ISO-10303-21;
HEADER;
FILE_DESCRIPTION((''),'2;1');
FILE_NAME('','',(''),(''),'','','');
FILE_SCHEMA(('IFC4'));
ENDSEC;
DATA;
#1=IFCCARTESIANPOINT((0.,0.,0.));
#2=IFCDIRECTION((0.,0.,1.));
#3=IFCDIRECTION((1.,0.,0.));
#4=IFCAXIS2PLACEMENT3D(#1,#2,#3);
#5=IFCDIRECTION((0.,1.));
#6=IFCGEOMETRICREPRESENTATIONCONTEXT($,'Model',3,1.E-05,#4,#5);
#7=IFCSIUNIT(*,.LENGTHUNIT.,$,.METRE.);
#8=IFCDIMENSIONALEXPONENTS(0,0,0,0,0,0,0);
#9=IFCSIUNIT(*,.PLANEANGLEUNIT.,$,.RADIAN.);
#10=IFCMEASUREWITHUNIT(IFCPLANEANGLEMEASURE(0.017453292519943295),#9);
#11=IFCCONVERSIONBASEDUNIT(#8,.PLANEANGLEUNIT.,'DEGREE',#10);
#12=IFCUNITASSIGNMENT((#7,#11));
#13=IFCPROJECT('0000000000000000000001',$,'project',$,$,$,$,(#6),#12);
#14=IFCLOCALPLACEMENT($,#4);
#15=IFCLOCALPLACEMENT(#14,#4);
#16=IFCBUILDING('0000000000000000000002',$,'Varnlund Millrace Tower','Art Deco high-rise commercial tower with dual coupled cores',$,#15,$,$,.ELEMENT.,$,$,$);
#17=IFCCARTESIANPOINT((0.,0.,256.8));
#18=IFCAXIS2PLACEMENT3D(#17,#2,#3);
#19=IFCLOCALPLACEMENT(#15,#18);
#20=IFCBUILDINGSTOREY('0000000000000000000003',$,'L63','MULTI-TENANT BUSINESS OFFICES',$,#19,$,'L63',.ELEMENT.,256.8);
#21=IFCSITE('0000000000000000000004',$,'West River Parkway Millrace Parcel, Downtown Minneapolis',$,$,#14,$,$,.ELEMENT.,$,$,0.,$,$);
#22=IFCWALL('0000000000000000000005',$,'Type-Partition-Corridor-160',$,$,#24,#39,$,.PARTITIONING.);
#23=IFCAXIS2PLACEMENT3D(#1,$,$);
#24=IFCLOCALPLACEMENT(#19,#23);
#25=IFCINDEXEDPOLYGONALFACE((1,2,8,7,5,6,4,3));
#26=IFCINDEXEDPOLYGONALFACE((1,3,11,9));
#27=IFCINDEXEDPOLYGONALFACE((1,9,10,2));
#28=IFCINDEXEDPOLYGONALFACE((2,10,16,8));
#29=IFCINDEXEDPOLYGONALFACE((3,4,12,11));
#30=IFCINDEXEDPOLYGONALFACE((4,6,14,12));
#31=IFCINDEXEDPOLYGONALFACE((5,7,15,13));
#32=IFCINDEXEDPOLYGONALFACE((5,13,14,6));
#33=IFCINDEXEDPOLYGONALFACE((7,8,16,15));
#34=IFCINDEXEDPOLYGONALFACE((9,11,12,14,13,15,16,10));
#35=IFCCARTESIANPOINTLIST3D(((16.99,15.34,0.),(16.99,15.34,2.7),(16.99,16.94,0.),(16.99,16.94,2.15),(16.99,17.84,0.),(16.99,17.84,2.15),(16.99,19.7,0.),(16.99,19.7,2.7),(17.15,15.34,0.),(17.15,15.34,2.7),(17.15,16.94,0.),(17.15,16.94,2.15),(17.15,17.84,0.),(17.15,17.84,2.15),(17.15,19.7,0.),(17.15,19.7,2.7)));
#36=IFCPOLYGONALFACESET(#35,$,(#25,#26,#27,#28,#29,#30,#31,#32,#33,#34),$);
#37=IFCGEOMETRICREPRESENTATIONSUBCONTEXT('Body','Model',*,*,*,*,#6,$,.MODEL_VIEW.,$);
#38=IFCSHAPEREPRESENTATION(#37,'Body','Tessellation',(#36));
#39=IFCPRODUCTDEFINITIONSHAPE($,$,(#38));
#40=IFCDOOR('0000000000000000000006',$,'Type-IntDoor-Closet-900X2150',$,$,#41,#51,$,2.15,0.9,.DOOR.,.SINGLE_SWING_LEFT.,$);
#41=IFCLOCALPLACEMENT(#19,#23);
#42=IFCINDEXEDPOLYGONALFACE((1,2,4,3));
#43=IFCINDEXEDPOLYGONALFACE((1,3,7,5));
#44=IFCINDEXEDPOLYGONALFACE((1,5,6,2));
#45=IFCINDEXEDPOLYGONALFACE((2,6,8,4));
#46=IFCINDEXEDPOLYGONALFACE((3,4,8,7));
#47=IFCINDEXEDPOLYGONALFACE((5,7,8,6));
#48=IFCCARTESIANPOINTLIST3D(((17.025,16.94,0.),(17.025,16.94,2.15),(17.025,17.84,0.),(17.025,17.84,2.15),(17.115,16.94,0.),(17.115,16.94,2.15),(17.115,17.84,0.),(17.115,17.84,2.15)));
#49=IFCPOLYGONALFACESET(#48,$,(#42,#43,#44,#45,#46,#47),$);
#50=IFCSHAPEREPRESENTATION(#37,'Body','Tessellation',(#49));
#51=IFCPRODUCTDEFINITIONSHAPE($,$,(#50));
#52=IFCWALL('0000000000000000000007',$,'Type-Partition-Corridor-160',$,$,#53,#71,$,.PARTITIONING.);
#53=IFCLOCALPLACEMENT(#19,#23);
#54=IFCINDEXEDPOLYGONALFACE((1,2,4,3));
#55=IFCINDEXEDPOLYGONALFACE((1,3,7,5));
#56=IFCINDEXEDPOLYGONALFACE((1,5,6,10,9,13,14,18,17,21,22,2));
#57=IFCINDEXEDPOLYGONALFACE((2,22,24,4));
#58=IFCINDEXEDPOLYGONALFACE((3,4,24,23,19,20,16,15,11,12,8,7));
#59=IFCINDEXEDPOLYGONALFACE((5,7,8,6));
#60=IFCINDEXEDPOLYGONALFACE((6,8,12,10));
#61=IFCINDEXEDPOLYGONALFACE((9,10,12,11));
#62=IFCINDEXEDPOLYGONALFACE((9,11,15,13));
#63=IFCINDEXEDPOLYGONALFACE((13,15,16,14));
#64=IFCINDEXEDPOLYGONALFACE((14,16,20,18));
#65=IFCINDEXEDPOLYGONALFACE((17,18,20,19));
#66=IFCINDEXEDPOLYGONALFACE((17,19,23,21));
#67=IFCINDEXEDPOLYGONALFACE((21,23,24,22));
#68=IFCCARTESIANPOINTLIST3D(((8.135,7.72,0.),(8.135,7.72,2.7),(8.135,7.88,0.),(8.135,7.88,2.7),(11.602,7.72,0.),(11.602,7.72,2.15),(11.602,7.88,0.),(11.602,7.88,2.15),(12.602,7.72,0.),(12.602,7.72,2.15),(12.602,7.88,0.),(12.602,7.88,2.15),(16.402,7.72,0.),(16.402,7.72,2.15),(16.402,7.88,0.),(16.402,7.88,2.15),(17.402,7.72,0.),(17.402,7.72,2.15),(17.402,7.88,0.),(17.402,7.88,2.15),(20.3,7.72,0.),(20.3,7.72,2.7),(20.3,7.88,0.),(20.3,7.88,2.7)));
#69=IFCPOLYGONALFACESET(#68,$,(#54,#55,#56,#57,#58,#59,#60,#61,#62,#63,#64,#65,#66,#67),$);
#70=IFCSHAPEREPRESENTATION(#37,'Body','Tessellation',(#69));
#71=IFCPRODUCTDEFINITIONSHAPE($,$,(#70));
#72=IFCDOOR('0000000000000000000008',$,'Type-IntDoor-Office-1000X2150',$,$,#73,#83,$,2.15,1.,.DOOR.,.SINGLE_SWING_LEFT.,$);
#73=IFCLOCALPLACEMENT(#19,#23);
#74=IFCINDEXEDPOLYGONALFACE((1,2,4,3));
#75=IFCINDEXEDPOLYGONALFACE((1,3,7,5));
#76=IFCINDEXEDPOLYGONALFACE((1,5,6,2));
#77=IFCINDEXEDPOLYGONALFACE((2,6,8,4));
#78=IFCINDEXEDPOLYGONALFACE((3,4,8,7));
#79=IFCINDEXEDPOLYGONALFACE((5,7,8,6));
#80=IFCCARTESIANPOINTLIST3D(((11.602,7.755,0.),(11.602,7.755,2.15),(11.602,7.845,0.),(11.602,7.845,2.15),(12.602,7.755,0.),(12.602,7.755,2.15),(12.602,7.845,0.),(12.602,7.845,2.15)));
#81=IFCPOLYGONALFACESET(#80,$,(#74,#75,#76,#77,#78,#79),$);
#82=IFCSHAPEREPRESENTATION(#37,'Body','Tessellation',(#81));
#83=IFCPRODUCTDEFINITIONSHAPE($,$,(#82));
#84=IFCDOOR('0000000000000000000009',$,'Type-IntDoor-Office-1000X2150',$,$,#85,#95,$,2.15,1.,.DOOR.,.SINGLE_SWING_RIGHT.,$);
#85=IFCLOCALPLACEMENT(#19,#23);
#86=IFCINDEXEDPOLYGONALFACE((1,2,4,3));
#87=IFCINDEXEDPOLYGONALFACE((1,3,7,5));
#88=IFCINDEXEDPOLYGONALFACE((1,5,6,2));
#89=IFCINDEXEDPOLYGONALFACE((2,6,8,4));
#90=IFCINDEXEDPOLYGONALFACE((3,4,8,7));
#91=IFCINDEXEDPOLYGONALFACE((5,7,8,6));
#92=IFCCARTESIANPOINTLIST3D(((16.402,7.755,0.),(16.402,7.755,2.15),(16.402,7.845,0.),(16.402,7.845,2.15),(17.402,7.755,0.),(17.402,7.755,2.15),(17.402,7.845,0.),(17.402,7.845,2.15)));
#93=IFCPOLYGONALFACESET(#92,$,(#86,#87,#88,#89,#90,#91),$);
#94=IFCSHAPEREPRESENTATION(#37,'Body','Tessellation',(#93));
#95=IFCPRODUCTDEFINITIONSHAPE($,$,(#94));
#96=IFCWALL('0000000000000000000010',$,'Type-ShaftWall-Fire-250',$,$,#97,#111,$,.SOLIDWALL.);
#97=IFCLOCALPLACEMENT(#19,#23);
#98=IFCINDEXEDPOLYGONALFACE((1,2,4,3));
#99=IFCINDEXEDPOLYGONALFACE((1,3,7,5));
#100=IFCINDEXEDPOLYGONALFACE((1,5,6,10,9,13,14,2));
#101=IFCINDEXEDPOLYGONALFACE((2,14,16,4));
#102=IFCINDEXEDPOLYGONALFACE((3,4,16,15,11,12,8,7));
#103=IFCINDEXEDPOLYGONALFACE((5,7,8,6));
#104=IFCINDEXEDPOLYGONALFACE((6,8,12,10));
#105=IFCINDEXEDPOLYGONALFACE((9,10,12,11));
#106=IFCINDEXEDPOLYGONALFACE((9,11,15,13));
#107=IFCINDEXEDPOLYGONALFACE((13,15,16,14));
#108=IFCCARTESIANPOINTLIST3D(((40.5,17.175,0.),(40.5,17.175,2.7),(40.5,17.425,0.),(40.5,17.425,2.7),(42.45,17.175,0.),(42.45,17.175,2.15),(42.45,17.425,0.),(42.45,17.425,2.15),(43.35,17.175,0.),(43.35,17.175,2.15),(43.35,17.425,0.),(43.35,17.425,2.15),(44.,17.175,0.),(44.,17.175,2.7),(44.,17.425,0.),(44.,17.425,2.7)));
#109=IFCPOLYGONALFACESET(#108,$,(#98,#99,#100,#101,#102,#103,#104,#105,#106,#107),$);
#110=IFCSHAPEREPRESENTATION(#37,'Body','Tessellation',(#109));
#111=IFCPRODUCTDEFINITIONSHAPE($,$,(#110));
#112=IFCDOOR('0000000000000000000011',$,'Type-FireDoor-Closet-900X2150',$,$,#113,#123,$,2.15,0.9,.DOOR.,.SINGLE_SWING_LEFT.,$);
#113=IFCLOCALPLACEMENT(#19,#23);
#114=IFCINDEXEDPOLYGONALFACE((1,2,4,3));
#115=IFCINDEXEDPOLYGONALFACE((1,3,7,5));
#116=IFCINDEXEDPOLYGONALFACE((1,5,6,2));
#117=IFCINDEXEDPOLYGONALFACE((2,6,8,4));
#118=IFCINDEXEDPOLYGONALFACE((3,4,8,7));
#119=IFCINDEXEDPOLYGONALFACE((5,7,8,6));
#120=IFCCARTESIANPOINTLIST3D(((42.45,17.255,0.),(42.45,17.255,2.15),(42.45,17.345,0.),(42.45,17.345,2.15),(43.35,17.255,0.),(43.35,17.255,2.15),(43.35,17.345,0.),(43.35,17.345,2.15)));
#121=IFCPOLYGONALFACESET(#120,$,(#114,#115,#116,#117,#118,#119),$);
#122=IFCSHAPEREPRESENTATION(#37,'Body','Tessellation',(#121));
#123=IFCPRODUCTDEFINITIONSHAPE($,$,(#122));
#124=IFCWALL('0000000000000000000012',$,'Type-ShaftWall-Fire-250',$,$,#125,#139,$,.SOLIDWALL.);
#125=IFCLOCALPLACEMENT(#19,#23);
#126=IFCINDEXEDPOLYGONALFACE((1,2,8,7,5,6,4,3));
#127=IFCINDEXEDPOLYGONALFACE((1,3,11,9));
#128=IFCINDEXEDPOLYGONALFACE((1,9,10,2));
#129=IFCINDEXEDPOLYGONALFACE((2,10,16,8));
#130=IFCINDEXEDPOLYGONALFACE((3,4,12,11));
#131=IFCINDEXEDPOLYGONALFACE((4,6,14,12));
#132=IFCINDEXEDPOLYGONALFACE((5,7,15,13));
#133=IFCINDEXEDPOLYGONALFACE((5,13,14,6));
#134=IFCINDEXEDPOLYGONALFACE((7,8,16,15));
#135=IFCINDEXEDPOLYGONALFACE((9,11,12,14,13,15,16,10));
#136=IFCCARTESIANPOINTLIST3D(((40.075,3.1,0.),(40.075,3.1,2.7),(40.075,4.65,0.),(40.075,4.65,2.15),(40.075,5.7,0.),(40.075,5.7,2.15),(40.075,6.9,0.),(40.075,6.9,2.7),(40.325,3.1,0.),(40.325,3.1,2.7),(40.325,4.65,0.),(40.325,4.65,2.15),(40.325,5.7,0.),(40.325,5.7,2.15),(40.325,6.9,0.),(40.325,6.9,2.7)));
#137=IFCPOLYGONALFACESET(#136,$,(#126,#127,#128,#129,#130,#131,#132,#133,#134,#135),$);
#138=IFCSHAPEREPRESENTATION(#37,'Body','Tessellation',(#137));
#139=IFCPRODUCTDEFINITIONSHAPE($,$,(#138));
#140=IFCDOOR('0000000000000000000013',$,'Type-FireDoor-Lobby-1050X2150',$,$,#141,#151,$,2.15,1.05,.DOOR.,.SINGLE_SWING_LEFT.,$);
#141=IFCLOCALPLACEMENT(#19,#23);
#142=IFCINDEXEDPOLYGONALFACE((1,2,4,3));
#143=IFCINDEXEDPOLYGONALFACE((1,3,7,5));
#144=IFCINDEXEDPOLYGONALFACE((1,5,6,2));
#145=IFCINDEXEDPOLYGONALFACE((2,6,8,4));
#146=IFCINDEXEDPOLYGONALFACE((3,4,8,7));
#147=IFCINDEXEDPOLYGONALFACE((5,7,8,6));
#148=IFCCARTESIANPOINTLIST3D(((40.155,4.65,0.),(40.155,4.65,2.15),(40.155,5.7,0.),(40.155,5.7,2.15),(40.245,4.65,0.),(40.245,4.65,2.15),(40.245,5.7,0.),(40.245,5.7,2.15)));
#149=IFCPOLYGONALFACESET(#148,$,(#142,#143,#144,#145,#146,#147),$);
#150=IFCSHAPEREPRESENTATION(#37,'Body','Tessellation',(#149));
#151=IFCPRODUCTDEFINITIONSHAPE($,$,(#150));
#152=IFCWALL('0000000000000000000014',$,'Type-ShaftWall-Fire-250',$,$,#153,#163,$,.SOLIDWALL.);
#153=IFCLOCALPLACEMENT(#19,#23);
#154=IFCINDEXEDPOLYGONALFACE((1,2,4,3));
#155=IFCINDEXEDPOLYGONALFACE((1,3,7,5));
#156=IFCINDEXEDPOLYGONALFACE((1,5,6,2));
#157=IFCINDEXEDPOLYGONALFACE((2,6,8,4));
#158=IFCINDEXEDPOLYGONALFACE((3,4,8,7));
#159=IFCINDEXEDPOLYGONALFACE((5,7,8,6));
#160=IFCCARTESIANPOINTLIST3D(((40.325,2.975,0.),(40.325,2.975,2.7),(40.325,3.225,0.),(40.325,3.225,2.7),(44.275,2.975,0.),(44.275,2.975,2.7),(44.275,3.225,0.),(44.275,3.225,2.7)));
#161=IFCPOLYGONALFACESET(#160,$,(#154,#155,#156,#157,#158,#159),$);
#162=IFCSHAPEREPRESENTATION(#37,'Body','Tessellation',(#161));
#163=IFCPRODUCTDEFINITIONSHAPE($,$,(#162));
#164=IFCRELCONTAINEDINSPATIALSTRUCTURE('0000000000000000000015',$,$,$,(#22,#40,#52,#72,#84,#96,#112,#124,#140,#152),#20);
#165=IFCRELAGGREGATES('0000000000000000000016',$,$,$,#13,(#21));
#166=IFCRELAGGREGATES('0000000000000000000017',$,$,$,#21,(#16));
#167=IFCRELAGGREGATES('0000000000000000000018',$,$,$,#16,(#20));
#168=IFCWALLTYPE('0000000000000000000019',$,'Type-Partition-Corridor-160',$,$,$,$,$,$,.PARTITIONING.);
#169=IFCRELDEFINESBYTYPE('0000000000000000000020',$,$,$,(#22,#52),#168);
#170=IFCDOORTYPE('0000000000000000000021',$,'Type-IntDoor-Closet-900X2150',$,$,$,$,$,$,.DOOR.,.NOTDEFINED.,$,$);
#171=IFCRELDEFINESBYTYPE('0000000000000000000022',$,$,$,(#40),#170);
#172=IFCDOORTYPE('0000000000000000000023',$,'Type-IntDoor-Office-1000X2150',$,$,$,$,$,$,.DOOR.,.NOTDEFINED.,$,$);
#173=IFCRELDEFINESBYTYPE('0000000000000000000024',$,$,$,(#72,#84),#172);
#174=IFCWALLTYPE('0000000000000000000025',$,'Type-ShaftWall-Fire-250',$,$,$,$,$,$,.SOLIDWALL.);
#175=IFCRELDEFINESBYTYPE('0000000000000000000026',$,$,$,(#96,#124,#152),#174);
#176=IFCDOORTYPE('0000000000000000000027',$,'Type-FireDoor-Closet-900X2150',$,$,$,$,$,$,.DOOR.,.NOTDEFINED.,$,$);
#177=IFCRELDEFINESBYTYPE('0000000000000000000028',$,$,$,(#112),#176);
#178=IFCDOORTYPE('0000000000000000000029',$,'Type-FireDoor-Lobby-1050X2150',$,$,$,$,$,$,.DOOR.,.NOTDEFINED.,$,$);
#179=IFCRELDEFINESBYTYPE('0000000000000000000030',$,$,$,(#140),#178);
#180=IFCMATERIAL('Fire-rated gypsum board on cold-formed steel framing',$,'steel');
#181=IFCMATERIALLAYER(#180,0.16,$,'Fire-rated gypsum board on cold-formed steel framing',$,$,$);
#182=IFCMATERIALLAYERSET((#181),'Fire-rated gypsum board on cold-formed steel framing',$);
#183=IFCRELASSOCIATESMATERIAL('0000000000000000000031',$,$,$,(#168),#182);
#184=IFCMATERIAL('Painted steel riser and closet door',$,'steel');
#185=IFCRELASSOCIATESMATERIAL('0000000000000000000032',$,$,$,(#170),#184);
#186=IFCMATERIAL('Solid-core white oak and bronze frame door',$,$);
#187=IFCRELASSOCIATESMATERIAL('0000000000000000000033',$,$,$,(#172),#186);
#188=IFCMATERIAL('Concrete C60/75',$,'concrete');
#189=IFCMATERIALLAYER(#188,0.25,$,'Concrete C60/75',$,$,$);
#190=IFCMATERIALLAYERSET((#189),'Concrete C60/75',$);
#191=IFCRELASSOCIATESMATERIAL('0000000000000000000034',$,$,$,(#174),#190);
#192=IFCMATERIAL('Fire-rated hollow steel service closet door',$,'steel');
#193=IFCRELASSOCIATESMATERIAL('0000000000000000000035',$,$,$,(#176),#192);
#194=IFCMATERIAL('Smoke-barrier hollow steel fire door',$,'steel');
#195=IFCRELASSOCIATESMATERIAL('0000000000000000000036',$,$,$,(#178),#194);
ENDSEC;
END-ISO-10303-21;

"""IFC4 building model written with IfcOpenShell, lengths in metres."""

from ifc_helpers import new_model, entity, si_unit, converted_unit, direction, frame, origin_with_axes, origin_2d_with_axis, place, context, subcontext, project, spatial, polyline, rectangle, outline, extrude, material, layer, layer_set, type_object, element, fill, save


model = new_model("IFC4")

# Units and contexts
model_context = context("Model", 3, precision=1e-05, world=origin_with_axes(), true_north=direction((0.0, 1.0)))
body_context = subcontext(model_context, "Body", "Model", "MODEL_VIEW")
ifc_project = project(units=[si_unit("LENGTHUNIT", "METRE"), converted_unit("PLANEANGLEUNIT", "DEGREE", entity("IfcPlaneAngleMeasure", 0.017453292519943295), si_unit("PLANEANGLEUNIT", "RADIAN"), dimensions=[0, 0, 0, 0, 0, 0, 0])], contexts=[model_context])

# Site, building, storey
site_placement = place(None, origin_with_axes())
site = spatial("IfcSite", under=ifc_project, at=site_placement, Name="West River Parkway Millrace Parcel, Downtown Minneapolis", CompositionType="ELEMENT", RefElevation=0.0)
building_placement = place(site_placement, origin_with_axes())
building = spatial("IfcBuilding", under=site, at=building_placement, Name="Varnlund Millrace Tower", Description="Art Deco high-rise commercial tower with dual coupled cores", CompositionType="ELEMENT")
storey_placement = place(building_placement, frame((0.0, 0.0, 256.8), z_axis=(0.0, 0.0, 1.0), x_axis=(1.0, 0.0, 0.0)))
storey = spatial("IfcBuildingStorey", under=building, at=storey_placement, Name="L63", Description="MULTI-TENANT BUSINESS OFFICES", LongName="L63", CompositionType="ELEMENT", Elevation=256.8)

# Shared definitions
ifc_material_1 = material(Name="Concrete C60/75", Category="concrete")

# Wall, opening, door
ifc_material_2 = material(Name="Fire-rated gypsum board on cold-formed steel framing", Category="steel")
ifc_layer_1 = layer(ifc_material_2, 0.16, Name="Fire-rated gypsum board on cold-formed steel framing")
ifc_layer_set_1 = layer_set([ifc_layer_1], Name="Fire-rated gypsum board on cold-formed steel framing")
wall_type_1 = type_object("IfcWallType", Name="Type-Partition-Corridor-160", PredefinedType="PARTITIONING", material=ifc_layer_set_1)
wall_1_placement = place(storey_placement, frame((17.07, 15.34, 0.0), z_axis=(0.0, 0.0, 1.0), x_axis=(0.0, 1.0, 0.0)))
wall_1 = element("IfcWall", 1, at=wall_1_placement, inside=storey, type_object=wall_type_1, Name="Type-Partition-Corridor-160", PredefinedType="PARTITIONING", context=body_context, shape_type="SweptSolid", body=[
    extrude(outline(polyline([(0.0, -0.08), (4.36, -0.08), (4.36, 0.08), (0.0, 0.08), (0.0, -0.08)])), origin_with_axes(), (0.0, 0.0, 1.0), 2.7),
])
opening_1_placement = place(wall_1_placement, frame((2.05, 0.0, 0.0), z_axis=(0.0, 0.0, 1.0), x_axis=(1.0, 0.0, 0.0)))
opening_1 = element("IfcOpeningElement", 2, at=opening_1_placement, cuts=wall_1, PredefinedType="OPENING", context=body_context, shape_type="SweptSolid", body=[
    extrude(rectangle(XDim=0.9, YDim=0.18, at=origin_2d_with_axis()), origin_with_axes(), (0.0, 0.0, 1.0), 2.15),
])
ifc_material_3 = material(Name="Painted steel riser and closet door", Category="steel")
door_type_1 = type_object("IfcDoorType", Name="Type-IntDoor-Closet-900X2150", OperationType="NOTDEFINED", PredefinedType="DOOR", material=ifc_material_3)
door_1_placement = place(wall_1_placement, frame((2.05, 0.0, 0.0), z_axis=(0.0, 0.0, 1.0), x_axis=(1.0, 0.0, 0.0)))
door_1 = element("IfcDoor", 3, at=door_1_placement, inside=storey, type_object=door_type_1, Name="Type-IntDoor-Closet-900X2150", OperationType="SINGLE_SWING_LEFT", OverallHeight=2.15, OverallWidth=0.9, PredefinedType="DOOR", context=body_context, shape_type="SweptSolid", body=[
    extrude(rectangle(XDim=0.9, YDim=0.09, at=origin_2d_with_axis()), origin_with_axes(), (0.0, 0.0, 1.0), 2.15),
])
fill(opening_1, door_1)

# Wall, openings, doors
wall_2_placement = place(storey_placement, frame((8.135, 7.8, 0.0), z_axis=(0.0, 0.0, 1.0), x_axis=(1.0, 0.0, 0.0)))
wall_2 = element("IfcWall", 4, at=wall_2_placement, inside=storey, type_object=wall_type_1, Name="Type-Partition-Corridor-160", PredefinedType="PARTITIONING", context=body_context, shape_type="SweptSolid", body=[
    extrude(outline(polyline([(0.0, -0.08), (12.165, -0.08), (12.165, 0.08), (0.0, 0.08), (0.0, -0.08)])), origin_with_axes(), (0.0, 0.0, 1.0), 2.7),
])
opening_2_placement = place(wall_2_placement, frame((3.967, 0.0, 0.0), z_axis=(0.0, 0.0, 1.0), x_axis=(1.0, 0.0, 0.0)))
opening_2 = element("IfcOpeningElement", 5, at=opening_2_placement, cuts=wall_2, PredefinedType="OPENING", context=body_context, shape_type="SweptSolid", body=[
    extrude(rectangle(XDim=1.0, YDim=0.18, at=origin_2d_with_axis()), origin_with_axes(), (0.0, 0.0, 1.0), 2.15),
])
opening_3_placement = place(wall_2_placement, frame((8.767, 0.0, 0.0), z_axis=(0.0, 0.0, 1.0), x_axis=(1.0, 0.0, 0.0)))
opening_3 = element("IfcOpeningElement", 6, at=opening_3_placement, cuts=wall_2, PredefinedType="OPENING", context=body_context, shape_type="SweptSolid", body=[
    extrude(rectangle(XDim=1.0, YDim=0.18, at=origin_2d_with_axis()), origin_with_axes(), (0.0, 0.0, 1.0), 2.15),
])
ifc_material_4 = material(Name="Solid-core white oak and bronze frame door")
door_type_2 = type_object("IfcDoorType", Name="Type-IntDoor-Office-1000X2150", OperationType="NOTDEFINED", PredefinedType="DOOR", material=ifc_material_4)
door_2_placement = place(wall_2_placement, frame((3.967, 0.0, 0.0), z_axis=(0.0, 0.0, 1.0), x_axis=(1.0, 0.0, 0.0)))
door_2 = element("IfcDoor", 7, at=door_2_placement, inside=storey, type_object=door_type_2, Name="Type-IntDoor-Office-1000X2150", OperationType="SINGLE_SWING_LEFT", OverallHeight=2.15, OverallWidth=1.0, PredefinedType="DOOR", context=body_context, shape_type="SweptSolid", body=[
    extrude(rectangle(XDim=1.0, YDim=0.09, at=origin_2d_with_axis()), origin_with_axes(), (0.0, 0.0, 1.0), 2.15),
])
fill(opening_2, door_2)
door_3_placement = place(wall_2_placement, frame((8.767, 0.0, 0.0), z_axis=(0.0, 0.0, 1.0), x_axis=(1.0, 0.0, 0.0)))
door_3 = element("IfcDoor", 8, at=door_3_placement, inside=storey, type_object=door_type_2, Name="Type-IntDoor-Office-1000X2150", OperationType="SINGLE_SWING_RIGHT", OverallHeight=2.15, OverallWidth=1.0, PredefinedType="DOOR", context=body_context, shape_type="SweptSolid", body=[
    extrude(rectangle(XDim=1.0, YDim=0.09, at=origin_2d_with_axis()), origin_with_axes(), (0.0, 0.0, 1.0), 2.15),
])
fill(opening_3, door_3)

# Walls, openings, doors
ifc_layer_2 = layer(ifc_material_1, 0.25, Name="Concrete C60/75")
ifc_layer_set_2 = layer_set([ifc_layer_2], Name="Concrete C60/75")
wall_type_2 = type_object("IfcWallType", Name="Type-ShaftWall-Fire-250", PredefinedType="SOLIDWALL", material=ifc_layer_set_2)
wall_3_placement = place(storey_placement, frame((40.5, 17.3, 0.0), z_axis=(0.0, 0.0, 1.0), x_axis=(1.0, 0.0, 0.0)))
wall_3 = element("IfcWall", 9, at=wall_3_placement, inside=storey, type_object=wall_type_2, Name="Type-ShaftWall-Fire-250", PredefinedType="SOLIDWALL", context=body_context, shape_type="SweptSolid", body=[
    extrude(outline(polyline([(0.0, -0.125), (3.5, -0.125), (3.5, 0.125), (0.0, 0.125), (0.0, -0.125)])), origin_with_axes(), (0.0, 0.0, 1.0), 2.7),
])
opening_4_placement = place(wall_3_placement, frame((2.4, 0.0, 0.0), z_axis=(0.0, 0.0, 1.0), x_axis=(1.0, 0.0, 0.0)))
opening_4 = element("IfcOpeningElement", 10, at=opening_4_placement, cuts=wall_3, PredefinedType="OPENING", context=body_context, shape_type="SweptSolid", body=[
    extrude(rectangle(XDim=0.9, YDim=0.27, at=origin_2d_with_axis()), origin_with_axes(), (0.0, 0.0, 1.0), 2.15),
])
ifc_material_5 = material(Name="Fire-rated hollow steel service closet door", Category="steel")
door_type_3 = type_object("IfcDoorType", Name="Type-FireDoor-Closet-900X2150", OperationType="NOTDEFINED", PredefinedType="DOOR", material=ifc_material_5)
door_4_placement = place(wall_3_placement, frame((2.4, 0.0, 0.0), z_axis=(0.0, 0.0, 1.0), x_axis=(1.0, 0.0, 0.0)))
door_4 = element("IfcDoor", 11, at=door_4_placement, inside=storey, type_object=door_type_3, Name="Type-FireDoor-Closet-900X2150", OperationType="SINGLE_SWING_LEFT", OverallHeight=2.15, OverallWidth=0.9, PredefinedType="DOOR", context=body_context, shape_type="SweptSolid", body=[
    extrude(rectangle(XDim=0.9, YDim=0.09, at=origin_2d_with_axis()), origin_with_axes(), (0.0, 0.0, 1.0), 2.15),
])
fill(opening_4, door_4)
wall_4_placement = place(storey_placement, frame((40.2, 3.1, 0.0), z_axis=(0.0, 0.0, 1.0), x_axis=(0.0, 1.0, 0.0)))
wall_4 = element("IfcWall", 12, at=wall_4_placement, inside=storey, type_object=wall_type_2, Name="Type-ShaftWall-Fire-250", PredefinedType="SOLIDWALL", context=body_context, shape_type="SweptSolid", body=[
    extrude(outline(polyline([(0.0, -0.125), (3.8, -0.125), (3.8, 0.125), (0.0, 0.125), (0.0, -0.125)])), origin_with_axes(), (0.0, 0.0, 1.0), 2.7),
])
opening_5_placement = place(wall_4_placement, frame((2.075, 0.0, 0.0), z_axis=(0.0, 0.0, 1.0), x_axis=(1.0, 0.0, 0.0)))
opening_5 = element("IfcOpeningElement", 13, at=opening_5_placement, cuts=wall_4, PredefinedType="OPENING", context=body_context, shape_type="SweptSolid", body=[
    extrude(rectangle(XDim=1.05, YDim=0.27, at=origin_2d_with_axis()), origin_with_axes(), (0.0, 0.0, 1.0), 2.15),
])
ifc_material_6 = material(Name="Smoke-barrier hollow steel fire door", Category="steel")
door_type_4 = type_object("IfcDoorType", Name="Type-FireDoor-Lobby-1050X2150", OperationType="NOTDEFINED", PredefinedType="DOOR", material=ifc_material_6)
door_5_placement = place(wall_4_placement, frame((2.075, 0.0, 0.0), z_axis=(0.0, 0.0, 1.0), x_axis=(1.0, 0.0, 0.0)))
door_5 = element("IfcDoor", 14, at=door_5_placement, inside=storey, type_object=door_type_4, Name="Type-FireDoor-Lobby-1050X2150", OperationType="SINGLE_SWING_LEFT", OverallHeight=2.15, OverallWidth=1.05, PredefinedType="DOOR", context=body_context, shape_type="SweptSolid", body=[
    extrude(rectangle(XDim=1.05, YDim=0.09, at=origin_2d_with_axis()), origin_with_axes(), (0.0, 0.0, 1.0), 2.15),
])
fill(opening_5, door_5)

# Wall
wall_5_placement = place(storey_placement, frame((40.325, 3.1, 0.0), z_axis=(0.0, 0.0, 1.0), x_axis=(1.0, 0.0, 0.0)))
element("IfcWall", 15, at=wall_5_placement, inside=storey, type_object=wall_type_2, Name="Type-ShaftWall-Fire-250", PredefinedType="SOLIDWALL", context=body_context, shape_type="SweptSolid", body=[
    extrude(outline(polyline([(0.0, -0.125), (3.95, -0.125), (3.95, 0.125), (0.0, 0.125), (0.0, -0.125)])), origin_with_axes(), (0.0, 0.0, 1.0), 2.7),
])

save(model, "model.ifc")
